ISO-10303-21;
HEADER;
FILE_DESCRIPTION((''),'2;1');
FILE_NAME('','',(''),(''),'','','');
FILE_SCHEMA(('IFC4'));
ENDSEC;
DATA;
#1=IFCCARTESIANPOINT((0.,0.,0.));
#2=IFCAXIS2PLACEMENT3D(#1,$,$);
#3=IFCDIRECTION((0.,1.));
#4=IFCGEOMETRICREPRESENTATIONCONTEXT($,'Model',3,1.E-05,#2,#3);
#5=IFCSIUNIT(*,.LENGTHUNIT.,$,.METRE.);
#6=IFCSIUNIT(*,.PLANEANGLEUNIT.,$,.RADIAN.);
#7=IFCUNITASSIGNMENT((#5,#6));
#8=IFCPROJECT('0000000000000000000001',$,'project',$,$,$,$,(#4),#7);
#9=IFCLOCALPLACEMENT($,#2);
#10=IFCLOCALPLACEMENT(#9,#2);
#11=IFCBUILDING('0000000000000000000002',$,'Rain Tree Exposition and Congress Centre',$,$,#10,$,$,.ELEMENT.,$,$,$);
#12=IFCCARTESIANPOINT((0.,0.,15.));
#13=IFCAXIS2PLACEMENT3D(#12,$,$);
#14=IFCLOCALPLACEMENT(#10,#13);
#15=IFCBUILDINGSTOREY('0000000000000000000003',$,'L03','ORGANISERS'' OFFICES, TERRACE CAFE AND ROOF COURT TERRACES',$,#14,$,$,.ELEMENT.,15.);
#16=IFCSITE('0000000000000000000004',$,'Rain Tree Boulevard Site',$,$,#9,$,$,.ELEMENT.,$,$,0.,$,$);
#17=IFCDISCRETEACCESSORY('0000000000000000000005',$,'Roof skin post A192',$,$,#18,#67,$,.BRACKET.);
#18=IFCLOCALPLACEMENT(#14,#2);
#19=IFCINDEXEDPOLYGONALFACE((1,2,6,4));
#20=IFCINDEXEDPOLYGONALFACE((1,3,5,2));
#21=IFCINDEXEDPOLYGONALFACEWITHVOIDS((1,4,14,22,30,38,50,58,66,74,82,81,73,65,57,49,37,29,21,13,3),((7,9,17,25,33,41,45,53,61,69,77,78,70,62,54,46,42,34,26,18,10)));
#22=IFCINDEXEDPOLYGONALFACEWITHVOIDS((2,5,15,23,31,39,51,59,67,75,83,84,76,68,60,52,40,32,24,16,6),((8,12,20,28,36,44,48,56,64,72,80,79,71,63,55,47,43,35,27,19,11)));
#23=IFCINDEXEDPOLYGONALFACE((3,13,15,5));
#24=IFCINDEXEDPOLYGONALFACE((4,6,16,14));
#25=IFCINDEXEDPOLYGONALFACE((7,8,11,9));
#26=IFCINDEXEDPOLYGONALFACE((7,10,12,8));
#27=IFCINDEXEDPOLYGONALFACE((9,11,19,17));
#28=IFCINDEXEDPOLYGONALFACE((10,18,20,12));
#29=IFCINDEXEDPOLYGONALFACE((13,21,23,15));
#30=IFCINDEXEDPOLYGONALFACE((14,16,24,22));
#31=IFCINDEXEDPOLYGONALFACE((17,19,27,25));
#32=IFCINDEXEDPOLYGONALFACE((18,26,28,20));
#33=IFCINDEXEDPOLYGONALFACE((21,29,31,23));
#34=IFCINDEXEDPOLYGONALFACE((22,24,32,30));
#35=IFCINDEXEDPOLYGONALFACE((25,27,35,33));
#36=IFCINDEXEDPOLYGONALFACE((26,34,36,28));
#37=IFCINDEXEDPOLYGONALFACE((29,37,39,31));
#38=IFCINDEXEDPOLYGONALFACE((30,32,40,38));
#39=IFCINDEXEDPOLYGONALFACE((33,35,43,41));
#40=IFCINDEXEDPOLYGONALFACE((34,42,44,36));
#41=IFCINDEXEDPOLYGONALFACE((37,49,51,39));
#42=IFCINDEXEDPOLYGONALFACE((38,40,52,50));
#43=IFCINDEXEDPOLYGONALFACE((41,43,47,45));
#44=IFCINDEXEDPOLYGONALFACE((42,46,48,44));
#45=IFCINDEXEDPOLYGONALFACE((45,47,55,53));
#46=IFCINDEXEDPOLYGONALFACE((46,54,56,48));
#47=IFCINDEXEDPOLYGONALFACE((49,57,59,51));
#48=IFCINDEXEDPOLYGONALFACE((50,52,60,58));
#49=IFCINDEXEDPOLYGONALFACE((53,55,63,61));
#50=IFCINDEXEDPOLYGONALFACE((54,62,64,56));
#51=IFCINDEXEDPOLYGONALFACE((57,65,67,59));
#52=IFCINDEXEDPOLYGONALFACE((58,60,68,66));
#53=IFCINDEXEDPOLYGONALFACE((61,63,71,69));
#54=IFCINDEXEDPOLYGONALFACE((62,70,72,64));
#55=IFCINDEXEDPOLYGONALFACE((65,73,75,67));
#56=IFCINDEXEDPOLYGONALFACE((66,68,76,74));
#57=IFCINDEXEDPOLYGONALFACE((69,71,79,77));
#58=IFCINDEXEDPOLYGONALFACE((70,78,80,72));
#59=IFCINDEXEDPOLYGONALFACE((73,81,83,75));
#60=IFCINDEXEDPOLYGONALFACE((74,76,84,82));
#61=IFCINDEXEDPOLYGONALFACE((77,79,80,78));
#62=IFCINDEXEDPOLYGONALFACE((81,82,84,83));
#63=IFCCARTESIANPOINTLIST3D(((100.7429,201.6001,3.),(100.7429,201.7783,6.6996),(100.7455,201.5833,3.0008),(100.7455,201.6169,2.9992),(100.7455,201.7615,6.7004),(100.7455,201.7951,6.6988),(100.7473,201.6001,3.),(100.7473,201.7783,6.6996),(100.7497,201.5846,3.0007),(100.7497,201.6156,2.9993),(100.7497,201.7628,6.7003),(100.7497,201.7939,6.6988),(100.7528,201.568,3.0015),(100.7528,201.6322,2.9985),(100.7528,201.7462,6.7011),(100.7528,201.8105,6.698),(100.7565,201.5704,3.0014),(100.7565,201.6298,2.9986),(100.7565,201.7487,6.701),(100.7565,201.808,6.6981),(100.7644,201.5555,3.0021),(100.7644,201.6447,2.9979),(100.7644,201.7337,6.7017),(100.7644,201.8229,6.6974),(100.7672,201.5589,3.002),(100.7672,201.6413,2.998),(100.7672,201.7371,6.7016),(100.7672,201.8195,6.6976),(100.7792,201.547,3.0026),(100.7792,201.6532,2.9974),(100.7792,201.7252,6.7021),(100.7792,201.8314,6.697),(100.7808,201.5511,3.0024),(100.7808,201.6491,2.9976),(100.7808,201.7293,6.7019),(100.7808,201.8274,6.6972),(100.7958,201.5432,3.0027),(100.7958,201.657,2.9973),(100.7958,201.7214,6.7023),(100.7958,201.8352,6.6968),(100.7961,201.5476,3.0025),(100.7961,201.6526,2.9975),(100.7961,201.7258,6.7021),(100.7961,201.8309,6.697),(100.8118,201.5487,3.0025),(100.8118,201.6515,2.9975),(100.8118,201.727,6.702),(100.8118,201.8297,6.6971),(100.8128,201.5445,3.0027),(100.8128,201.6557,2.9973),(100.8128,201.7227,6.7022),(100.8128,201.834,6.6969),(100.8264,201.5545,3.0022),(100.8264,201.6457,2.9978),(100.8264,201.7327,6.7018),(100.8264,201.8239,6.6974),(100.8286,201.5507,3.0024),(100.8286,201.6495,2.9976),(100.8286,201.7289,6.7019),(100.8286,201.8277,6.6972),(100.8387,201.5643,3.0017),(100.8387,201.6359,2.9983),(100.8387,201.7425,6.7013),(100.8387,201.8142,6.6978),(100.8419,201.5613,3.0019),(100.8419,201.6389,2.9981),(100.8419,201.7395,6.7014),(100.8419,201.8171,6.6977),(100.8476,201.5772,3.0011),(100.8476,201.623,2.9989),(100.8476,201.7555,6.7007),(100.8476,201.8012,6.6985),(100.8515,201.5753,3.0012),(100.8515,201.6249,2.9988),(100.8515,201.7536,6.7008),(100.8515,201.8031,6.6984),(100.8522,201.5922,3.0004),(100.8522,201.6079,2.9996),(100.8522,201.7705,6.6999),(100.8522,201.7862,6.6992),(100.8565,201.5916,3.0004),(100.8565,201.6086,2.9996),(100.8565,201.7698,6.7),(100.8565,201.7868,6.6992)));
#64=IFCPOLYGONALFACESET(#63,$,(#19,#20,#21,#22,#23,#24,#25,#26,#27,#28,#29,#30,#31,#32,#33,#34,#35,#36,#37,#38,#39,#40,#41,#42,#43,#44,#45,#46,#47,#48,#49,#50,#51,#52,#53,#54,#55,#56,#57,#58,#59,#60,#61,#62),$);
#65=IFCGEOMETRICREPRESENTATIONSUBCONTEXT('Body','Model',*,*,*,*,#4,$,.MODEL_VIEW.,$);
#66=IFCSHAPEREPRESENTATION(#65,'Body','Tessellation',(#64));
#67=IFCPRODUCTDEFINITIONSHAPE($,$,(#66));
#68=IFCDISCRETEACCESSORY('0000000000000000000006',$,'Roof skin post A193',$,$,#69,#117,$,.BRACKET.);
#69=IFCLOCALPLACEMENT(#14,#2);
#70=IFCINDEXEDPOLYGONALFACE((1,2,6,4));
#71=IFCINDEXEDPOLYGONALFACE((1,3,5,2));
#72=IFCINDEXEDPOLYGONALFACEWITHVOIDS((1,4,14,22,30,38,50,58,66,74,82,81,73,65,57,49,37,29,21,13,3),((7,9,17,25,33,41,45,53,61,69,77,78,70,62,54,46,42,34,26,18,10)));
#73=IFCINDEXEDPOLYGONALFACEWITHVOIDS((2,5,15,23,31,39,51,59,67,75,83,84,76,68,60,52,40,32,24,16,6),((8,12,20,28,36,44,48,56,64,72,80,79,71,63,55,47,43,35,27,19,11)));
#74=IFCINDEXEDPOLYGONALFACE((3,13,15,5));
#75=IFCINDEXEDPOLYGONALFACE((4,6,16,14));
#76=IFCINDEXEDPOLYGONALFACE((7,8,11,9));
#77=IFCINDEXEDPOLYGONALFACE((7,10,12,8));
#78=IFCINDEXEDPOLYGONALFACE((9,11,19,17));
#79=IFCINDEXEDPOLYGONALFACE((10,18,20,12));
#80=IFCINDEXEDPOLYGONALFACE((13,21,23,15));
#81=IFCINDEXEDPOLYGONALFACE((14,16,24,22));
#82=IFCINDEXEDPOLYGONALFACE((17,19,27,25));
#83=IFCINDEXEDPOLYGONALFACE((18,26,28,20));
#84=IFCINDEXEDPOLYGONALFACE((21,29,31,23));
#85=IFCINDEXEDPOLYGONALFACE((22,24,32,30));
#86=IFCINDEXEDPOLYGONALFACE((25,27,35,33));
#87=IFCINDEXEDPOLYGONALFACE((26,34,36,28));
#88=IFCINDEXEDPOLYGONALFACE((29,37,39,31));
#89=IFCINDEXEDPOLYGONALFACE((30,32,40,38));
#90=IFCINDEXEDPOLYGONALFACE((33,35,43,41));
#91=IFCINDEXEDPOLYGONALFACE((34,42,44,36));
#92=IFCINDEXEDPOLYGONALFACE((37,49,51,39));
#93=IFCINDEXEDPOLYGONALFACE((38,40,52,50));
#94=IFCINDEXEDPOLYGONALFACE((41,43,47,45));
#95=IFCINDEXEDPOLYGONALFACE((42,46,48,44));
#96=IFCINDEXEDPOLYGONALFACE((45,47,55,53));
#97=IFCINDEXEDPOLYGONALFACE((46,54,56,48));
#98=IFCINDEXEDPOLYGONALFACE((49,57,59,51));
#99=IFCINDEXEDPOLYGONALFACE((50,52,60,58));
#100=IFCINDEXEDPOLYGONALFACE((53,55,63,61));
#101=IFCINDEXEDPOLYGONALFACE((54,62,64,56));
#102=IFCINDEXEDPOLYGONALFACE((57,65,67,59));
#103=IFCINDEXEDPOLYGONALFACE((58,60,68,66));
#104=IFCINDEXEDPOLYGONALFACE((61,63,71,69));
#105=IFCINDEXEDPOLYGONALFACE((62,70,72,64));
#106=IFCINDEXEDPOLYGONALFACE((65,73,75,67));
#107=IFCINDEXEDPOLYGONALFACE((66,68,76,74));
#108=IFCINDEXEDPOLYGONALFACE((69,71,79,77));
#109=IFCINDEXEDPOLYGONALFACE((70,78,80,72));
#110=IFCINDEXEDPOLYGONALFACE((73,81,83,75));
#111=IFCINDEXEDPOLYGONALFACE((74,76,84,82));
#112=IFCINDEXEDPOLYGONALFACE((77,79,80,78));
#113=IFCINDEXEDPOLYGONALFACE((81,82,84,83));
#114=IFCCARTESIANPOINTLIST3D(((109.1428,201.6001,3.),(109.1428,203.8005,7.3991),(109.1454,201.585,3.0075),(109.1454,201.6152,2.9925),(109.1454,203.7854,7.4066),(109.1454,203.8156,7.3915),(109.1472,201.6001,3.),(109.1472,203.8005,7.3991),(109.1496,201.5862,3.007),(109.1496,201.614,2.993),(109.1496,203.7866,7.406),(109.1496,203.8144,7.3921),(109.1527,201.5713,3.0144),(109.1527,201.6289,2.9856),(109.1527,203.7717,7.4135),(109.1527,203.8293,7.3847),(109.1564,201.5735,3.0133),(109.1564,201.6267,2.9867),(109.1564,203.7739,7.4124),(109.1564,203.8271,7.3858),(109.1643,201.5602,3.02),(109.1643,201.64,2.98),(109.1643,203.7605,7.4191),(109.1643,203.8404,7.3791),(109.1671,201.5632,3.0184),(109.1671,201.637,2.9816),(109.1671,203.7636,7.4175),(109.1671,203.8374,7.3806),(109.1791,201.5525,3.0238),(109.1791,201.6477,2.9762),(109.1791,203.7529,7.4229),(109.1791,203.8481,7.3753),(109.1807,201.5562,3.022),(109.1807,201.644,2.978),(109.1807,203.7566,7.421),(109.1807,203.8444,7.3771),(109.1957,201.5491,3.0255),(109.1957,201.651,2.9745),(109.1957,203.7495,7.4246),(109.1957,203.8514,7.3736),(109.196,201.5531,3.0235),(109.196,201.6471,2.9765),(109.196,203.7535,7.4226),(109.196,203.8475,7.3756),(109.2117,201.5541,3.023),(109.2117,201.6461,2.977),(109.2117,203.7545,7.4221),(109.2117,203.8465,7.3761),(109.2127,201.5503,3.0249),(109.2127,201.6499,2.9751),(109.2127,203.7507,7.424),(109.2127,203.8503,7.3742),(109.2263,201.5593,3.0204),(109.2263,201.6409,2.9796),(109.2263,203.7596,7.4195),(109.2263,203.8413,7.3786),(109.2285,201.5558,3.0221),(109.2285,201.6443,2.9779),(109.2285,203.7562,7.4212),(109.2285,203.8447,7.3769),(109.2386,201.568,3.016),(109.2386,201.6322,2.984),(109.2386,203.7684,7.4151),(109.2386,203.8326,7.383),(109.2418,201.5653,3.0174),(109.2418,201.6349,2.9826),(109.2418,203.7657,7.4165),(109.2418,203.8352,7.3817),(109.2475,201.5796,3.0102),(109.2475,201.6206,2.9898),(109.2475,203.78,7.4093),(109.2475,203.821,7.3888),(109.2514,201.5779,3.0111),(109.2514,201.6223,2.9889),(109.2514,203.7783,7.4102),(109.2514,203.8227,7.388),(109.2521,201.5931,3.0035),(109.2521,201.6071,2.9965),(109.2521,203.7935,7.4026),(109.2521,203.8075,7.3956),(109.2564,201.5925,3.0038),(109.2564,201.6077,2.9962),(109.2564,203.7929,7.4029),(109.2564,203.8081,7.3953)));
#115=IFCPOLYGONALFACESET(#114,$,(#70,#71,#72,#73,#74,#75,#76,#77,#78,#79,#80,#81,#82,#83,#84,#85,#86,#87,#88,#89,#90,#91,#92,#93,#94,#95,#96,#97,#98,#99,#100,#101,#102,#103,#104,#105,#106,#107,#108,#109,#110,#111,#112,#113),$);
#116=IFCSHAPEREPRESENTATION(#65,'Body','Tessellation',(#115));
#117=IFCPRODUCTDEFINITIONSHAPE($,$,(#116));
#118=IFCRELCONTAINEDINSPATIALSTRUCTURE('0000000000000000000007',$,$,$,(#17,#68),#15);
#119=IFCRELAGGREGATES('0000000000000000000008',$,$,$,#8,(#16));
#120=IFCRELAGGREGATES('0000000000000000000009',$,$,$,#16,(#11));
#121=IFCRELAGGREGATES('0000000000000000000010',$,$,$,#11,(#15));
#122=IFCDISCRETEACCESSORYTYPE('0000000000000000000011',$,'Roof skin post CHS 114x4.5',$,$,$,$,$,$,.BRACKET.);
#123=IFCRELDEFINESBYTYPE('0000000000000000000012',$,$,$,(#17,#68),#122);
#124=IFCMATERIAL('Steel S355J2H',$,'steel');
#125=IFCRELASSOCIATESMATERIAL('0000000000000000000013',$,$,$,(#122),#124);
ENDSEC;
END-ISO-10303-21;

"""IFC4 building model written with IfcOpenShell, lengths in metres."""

from ifc_helpers import new_model, si_unit, direction, frame, origin, origin_2d, place, context, subcontext, project, spatial, hollow_circle, extrude, material, material_profile, profile_set, type_object, element, save


model = new_model("IFC4")

# Units and contexts
model_context = context("Model", 3, precision=1e-05, world=origin(), true_north=direction((0.0, 1.0)))
body_context = subcontext(model_context, "Body", "Model", "MODEL_VIEW")
ifc_project = project(units=[si_unit("LENGTHUNIT", "METRE"), si_unit("PLANEANGLEUNIT", "RADIAN")], contexts=[model_context])

# Site, building, storey
site_placement = place(None, origin())
site = spatial("IfcSite", under=ifc_project, at=site_placement, Name="Rain Tree Boulevard Site", CompositionType="ELEMENT", RefElevation=0.0)
building_placement = place(site_placement, origin())
building = spatial("IfcBuilding", under=site, at=building_placement, Name="Rain Tree Exposition and Congress Centre", CompositionType="ELEMENT")
storey_placement = place(building_placement, frame((0.0, 0.0, 15.0)))
storey = spatial("IfcBuildingStorey", under=building, at=storey_placement, Name="L03", Description="ORGANISERS' OFFICES, TERRACE CAFE AND ROOF COURT TERRACES", CompositionType="ELEMENT", Elevation=15.0)

# Discrete accessories
ifc_material_1 = material(Name="Steel S355J2H", Category="steel")
ifc_material_profile_1 = material_profile(ifc_material_1, hollow_circle(Radius=0.0571, WallThickness=0.0044, at=origin_2d()), Name="CHS 114x4.5")
ifc_profile_set_1 = profile_set([ifc_material_profile_1], Name="Steel S355J2H")
discrete_accessory_type_1 = type_object("IfcDiscreteAccessoryType", Name="Roof skin post CHS 114x4.5", PredefinedType="BRACKET", material=ifc_profile_set_1)
discrete_accessory_1_placement = place(storey_placement, frame((100.8, 201.6001, 3.0), z_axis=(0.0, 0.048119, 0.998842), x_axis=(-1.0, 0.0, 0.0)))
element("IfcDiscreteAccessory", 1, at=discrete_accessory_1_placement, inside=storey, type_object=discrete_accessory_type_1, Name="Roof skin post A192", PredefinedType="BRACKET", context=body_context, shape_type="SweptSolid", body=[
    extrude(hollow_circle(Radius=0.0571, WallThickness=0.0044, at=origin_2d()), origin(), (0.0, 0.0, 1.0), 3.7039),
])
discrete_accessory_2_placement = place(storey_placement, frame((109.2, 201.6001, 3.0), z_axis=(0.0, 0.447353, 0.894358), x_axis=(-1.0, 0.0, 0.0)))
element("IfcDiscreteAccessory", 2, at=discrete_accessory_2_placement, inside=storey, type_object=discrete_accessory_type_1, Name="Roof skin post A193", PredefinedType="BRACKET", context=body_context, shape_type="SweptSolid", body=[
    extrude(hollow_circle(Radius=0.0571, WallThickness=0.0044, at=origin_2d()), origin(), (0.0, 0.0, 1.0), 4.9187),
])

save(model, "model.ifc")
